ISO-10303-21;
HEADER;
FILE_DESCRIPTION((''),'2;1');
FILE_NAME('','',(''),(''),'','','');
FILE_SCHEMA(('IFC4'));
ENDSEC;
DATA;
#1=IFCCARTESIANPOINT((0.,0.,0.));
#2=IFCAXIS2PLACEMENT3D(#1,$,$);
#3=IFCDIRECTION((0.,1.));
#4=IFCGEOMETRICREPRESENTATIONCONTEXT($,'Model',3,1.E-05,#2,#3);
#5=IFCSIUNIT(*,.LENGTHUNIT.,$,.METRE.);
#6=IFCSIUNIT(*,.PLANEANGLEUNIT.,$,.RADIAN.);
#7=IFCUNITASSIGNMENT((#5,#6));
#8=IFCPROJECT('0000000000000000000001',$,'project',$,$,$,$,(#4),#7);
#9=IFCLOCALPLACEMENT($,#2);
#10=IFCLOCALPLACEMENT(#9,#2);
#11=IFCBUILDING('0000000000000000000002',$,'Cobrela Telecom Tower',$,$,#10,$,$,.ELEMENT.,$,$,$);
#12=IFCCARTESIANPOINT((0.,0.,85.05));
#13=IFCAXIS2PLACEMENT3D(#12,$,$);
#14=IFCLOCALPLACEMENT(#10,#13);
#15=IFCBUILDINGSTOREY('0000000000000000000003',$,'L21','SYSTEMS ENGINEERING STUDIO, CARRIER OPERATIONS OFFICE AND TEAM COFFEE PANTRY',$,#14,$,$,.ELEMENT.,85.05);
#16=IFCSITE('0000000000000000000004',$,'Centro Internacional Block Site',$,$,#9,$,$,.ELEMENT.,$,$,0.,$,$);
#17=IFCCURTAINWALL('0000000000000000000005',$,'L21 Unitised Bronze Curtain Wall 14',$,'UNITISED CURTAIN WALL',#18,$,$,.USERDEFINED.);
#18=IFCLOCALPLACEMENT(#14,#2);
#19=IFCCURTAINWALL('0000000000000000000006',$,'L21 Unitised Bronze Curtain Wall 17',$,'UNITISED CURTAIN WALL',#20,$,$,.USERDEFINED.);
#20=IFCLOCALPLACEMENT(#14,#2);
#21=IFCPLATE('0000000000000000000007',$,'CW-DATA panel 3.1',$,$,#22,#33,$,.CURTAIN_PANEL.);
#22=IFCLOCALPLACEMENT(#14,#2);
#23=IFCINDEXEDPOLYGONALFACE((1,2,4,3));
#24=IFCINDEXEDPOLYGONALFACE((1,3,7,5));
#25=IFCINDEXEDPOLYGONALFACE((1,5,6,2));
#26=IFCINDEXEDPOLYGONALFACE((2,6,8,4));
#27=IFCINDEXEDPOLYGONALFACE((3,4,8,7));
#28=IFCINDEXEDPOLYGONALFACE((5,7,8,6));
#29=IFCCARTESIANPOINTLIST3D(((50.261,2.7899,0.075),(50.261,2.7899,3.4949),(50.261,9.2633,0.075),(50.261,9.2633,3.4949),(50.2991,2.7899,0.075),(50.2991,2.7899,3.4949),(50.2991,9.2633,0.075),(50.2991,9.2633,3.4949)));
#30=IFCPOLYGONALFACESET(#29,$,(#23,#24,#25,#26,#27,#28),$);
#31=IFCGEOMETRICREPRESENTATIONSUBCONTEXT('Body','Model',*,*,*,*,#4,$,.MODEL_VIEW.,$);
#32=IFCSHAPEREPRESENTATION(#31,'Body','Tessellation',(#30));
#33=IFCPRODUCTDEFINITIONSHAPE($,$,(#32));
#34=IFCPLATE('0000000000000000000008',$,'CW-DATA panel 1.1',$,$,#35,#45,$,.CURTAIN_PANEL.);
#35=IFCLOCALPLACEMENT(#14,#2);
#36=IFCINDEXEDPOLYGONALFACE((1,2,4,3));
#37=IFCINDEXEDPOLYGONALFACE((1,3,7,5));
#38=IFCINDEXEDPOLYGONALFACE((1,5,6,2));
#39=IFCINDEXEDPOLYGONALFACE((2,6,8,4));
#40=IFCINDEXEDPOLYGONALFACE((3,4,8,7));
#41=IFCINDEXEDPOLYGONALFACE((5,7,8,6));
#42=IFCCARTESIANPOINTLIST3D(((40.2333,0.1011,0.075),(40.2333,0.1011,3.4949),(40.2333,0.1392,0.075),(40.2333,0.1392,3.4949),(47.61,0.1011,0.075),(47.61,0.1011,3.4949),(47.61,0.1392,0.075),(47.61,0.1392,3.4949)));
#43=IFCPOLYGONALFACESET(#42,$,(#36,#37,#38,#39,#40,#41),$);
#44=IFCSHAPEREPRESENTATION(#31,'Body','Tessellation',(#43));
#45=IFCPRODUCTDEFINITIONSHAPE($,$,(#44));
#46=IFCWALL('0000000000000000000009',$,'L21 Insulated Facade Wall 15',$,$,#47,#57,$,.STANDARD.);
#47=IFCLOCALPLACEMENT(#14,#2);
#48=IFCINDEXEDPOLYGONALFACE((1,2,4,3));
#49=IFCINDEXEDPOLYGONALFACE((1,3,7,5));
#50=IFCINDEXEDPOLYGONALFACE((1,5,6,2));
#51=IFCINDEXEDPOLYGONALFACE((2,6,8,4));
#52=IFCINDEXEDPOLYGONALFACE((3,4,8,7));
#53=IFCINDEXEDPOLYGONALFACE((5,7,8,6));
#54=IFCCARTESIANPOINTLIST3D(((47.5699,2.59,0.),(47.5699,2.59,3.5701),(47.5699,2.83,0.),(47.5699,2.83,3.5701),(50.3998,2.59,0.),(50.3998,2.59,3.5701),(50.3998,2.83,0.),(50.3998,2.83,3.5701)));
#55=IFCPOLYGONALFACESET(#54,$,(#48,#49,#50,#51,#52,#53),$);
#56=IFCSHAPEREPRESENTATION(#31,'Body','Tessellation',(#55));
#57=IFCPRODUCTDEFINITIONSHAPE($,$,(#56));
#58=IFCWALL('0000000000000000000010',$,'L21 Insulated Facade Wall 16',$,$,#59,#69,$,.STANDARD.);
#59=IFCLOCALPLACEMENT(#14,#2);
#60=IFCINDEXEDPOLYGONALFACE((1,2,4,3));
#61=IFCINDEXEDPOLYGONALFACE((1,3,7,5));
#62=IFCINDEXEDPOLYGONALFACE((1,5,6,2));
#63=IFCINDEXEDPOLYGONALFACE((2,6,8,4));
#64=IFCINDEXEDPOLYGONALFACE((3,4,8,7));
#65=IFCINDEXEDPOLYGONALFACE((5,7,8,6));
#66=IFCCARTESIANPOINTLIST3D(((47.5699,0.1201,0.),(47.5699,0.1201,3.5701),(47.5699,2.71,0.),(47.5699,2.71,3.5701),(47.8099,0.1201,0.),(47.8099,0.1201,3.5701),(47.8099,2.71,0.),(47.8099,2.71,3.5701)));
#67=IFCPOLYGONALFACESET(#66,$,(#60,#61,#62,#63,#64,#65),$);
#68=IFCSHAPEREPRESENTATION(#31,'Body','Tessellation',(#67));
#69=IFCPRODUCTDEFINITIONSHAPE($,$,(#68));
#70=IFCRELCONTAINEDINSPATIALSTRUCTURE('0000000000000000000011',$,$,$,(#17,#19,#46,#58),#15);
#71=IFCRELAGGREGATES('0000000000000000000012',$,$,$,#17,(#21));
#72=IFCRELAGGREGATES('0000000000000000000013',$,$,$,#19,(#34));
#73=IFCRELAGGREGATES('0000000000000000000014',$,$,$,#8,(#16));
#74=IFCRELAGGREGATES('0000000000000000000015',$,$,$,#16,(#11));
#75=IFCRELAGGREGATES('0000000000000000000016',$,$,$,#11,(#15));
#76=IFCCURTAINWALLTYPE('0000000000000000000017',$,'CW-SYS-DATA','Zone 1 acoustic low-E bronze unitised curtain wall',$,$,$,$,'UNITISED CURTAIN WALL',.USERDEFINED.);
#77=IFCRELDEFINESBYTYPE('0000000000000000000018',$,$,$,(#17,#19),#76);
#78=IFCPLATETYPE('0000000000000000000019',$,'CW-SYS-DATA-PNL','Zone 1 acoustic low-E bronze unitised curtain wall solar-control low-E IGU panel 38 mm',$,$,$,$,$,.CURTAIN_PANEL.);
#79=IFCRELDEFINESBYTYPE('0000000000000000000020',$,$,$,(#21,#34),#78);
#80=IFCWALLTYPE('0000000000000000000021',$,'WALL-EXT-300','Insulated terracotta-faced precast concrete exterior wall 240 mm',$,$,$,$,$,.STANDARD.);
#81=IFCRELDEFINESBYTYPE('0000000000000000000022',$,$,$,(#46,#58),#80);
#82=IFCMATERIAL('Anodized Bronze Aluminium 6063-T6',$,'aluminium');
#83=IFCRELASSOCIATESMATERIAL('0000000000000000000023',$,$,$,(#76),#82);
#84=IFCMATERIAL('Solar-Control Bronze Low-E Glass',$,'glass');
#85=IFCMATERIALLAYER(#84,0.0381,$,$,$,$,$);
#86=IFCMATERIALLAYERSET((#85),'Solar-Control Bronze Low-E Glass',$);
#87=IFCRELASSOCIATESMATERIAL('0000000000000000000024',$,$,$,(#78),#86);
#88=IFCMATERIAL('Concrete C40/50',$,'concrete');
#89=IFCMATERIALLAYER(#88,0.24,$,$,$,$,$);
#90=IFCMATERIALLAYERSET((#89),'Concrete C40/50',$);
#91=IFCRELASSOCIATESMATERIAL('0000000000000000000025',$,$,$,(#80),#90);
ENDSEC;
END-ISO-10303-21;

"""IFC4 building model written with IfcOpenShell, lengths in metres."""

from ifc_helpers import new_model, si_unit, direction, frame, frame_2d, origin, origin_2d, place, context, subcontext, project, spatial, rectangle, extrude, material, layer, layer_set, type_object, element, aggregate, save


model = new_model("IFC4")

# Units and contexts
model_context = context("Model", 3, precision=1e-05, world=origin(), true_north=direction((0.0, 1.0)))
body_context = subcontext(model_context, "Body", "Model", "MODEL_VIEW")
ifc_project = project(units=[si_unit("LENGTHUNIT", "METRE"), si_unit("PLANEANGLEUNIT", "RADIAN")], contexts=[model_context])

# Site, building, storey
site_placement = place(None, origin())
site = spatial("IfcSite", under=ifc_project, at=site_placement, Name="Centro Internacional Block Site", CompositionType="ELEMENT", RefElevation=0.0)
building_placement = place(site_placement, origin())
building = spatial("IfcBuilding", under=site, at=building_placement, Name="Cobrela Telecom Tower", CompositionType="ELEMENT")
storey_placement = place(building_placement, frame((0.0, 0.0, 85.05)))
storey = spatial("IfcBuildingStorey", under=building, at=storey_placement, Name="L21", Description="SYSTEMS ENGINEERING STUDIO, CARRIER OPERATIONS OFFICE AND TEAM COFFEE PANTRY", CompositionType="ELEMENT", Elevation=85.05)

# Curtain wall
ifc_material_1 = material(Name="Anodized Bronze Aluminium 6063-T6", Category="aluminium")
curtain_wall_type = type_object("IfcCurtainWallType", Name="CW-SYS-DATA", Description="Zone 1 acoustic low-E bronze unitised curtain wall", ElementType="UNITISED CURTAIN WALL", PredefinedType="USERDEFINED", material=ifc_material_1)
curtain_wall_1_placement = place(storey_placement, origin())
curtain_wall_1 = element("IfcCurtainWall", 1, at=curtain_wall_1_placement, inside=storey, type_object=curtain_wall_type, Name="L21 Unitised Bronze Curtain Wall 14", ObjectType="UNITISED CURTAIN WALL", PredefinedType="USERDEFINED")

# Curtain wall
curtain_wall_2_placement = place(storey_placement, origin())
curtain_wall_2 = element("IfcCurtainWall", 2, at=curtain_wall_2_placement, inside=storey, type_object=curtain_wall_type, Name="L21 Unitised Bronze Curtain Wall 17", ObjectType="UNITISED CURTAIN WALL", PredefinedType="USERDEFINED")

# Plates
ifc_material_2 = material(Name="Solar-Control Bronze Low-E Glass", Category="glass")
ifc_layer_1 = layer(ifc_material_2, 0.0381)
ifc_layer_set_1 = layer_set([ifc_layer_1], Name="Solar-Control Bronze Low-E Glass")
plate_type = type_object("IfcPlateType", Name="CW-SYS-DATA-PNL", Description="Zone 1 acoustic low-E bronze unitised curtain wall solar-control low-E IGU panel 38 mm", PredefinedType="CURTAIN_PANEL", material=ifc_layer_set_1)
plate_1_placement = place(storey_placement, frame((50.28, 6.0266, 0.075), z_axis=(0.0, 0.0, 1.0), x_axis=(0.0, -1.0, 0.0)))
plate_1 = element("IfcPlate", 3, at=plate_1_placement, type_object=plate_type, Name="CW-DATA panel 3.1", PredefinedType="CURTAIN_PANEL", context=body_context, shape_type="SweptSolid", body=[
    extrude(rectangle(XDim=6.4734, YDim=0.0381, at=origin_2d()), origin(), (0.0, 0.0, 1.0), 3.4199),
])
aggregate(curtain_wall_1, [plate_1])
plate_2_placement = place(storey_placement, frame((43.9216, 0.1201, 0.075), z_axis=(0.0, 0.0, 1.0), x_axis=(-1.0, 0.0, 0.0)))
plate_2 = element("IfcPlate", 4, at=plate_2_placement, type_object=plate_type, Name="CW-DATA panel 1.1", PredefinedType="CURTAIN_PANEL", context=body_context, shape_type="SweptSolid", body=[
    extrude(rectangle(XDim=7.3767, YDim=0.0381, at=origin_2d()), origin(), (0.0, 0.0, 1.0), 3.4199),
])
aggregate(curtain_wall_2, [plate_2])

# Walls
ifc_material_3 = material(Name="Concrete C40/50", Category="concrete")
ifc_layer_2 = layer(ifc_material_3, 0.24)
ifc_layer_set_2 = layer_set([ifc_layer_2], Name="Concrete C40/50")
wall_type = type_object("IfcWallType", Name="WALL-EXT-300", Description="Insulated terracotta-faced precast concrete exterior wall 240 mm", PredefinedType="STANDARD", material=ifc_layer_set_2)
wall_1_placement = place(storey_placement, frame((50.3999, 2.71, 0.0), z_axis=(0.0, 0.0, 1.0), x_axis=(-1.0, 0.0, 0.0)))
element("IfcWall", 5, at=wall_1_placement, inside=storey, type_object=wall_type, Name="L21 Insulated Facade Wall 15", PredefinedType="STANDARD", context=body_context, shape_type="SweptSolid", body=[
    extrude(rectangle(XDim=2.8298, YDim=0.24, at=frame_2d((1.415, 0.0))), origin(), (0.0, 0.0, 1.0), 3.5701),
])
wall_2_placement = place(storey_placement, frame((47.6899, 2.71, 0.0), z_axis=(0.0, 0.0, 1.0), x_axis=(0.0, -1.0, 0.0)))
element("IfcWall", 6, at=wall_2_placement, inside=storey, type_object=wall_type, Name="L21 Insulated Facade Wall 16", PredefinedType="STANDARD", context=body_context, shape_type="SweptSolid", body=[
    extrude(rectangle(XDim=2.5898, YDim=0.24, at=frame_2d((1.2949, 0.0))), origin(), (0.0, 0.0, 1.0), 3.5701),
])

save(model, "model.ifc")
